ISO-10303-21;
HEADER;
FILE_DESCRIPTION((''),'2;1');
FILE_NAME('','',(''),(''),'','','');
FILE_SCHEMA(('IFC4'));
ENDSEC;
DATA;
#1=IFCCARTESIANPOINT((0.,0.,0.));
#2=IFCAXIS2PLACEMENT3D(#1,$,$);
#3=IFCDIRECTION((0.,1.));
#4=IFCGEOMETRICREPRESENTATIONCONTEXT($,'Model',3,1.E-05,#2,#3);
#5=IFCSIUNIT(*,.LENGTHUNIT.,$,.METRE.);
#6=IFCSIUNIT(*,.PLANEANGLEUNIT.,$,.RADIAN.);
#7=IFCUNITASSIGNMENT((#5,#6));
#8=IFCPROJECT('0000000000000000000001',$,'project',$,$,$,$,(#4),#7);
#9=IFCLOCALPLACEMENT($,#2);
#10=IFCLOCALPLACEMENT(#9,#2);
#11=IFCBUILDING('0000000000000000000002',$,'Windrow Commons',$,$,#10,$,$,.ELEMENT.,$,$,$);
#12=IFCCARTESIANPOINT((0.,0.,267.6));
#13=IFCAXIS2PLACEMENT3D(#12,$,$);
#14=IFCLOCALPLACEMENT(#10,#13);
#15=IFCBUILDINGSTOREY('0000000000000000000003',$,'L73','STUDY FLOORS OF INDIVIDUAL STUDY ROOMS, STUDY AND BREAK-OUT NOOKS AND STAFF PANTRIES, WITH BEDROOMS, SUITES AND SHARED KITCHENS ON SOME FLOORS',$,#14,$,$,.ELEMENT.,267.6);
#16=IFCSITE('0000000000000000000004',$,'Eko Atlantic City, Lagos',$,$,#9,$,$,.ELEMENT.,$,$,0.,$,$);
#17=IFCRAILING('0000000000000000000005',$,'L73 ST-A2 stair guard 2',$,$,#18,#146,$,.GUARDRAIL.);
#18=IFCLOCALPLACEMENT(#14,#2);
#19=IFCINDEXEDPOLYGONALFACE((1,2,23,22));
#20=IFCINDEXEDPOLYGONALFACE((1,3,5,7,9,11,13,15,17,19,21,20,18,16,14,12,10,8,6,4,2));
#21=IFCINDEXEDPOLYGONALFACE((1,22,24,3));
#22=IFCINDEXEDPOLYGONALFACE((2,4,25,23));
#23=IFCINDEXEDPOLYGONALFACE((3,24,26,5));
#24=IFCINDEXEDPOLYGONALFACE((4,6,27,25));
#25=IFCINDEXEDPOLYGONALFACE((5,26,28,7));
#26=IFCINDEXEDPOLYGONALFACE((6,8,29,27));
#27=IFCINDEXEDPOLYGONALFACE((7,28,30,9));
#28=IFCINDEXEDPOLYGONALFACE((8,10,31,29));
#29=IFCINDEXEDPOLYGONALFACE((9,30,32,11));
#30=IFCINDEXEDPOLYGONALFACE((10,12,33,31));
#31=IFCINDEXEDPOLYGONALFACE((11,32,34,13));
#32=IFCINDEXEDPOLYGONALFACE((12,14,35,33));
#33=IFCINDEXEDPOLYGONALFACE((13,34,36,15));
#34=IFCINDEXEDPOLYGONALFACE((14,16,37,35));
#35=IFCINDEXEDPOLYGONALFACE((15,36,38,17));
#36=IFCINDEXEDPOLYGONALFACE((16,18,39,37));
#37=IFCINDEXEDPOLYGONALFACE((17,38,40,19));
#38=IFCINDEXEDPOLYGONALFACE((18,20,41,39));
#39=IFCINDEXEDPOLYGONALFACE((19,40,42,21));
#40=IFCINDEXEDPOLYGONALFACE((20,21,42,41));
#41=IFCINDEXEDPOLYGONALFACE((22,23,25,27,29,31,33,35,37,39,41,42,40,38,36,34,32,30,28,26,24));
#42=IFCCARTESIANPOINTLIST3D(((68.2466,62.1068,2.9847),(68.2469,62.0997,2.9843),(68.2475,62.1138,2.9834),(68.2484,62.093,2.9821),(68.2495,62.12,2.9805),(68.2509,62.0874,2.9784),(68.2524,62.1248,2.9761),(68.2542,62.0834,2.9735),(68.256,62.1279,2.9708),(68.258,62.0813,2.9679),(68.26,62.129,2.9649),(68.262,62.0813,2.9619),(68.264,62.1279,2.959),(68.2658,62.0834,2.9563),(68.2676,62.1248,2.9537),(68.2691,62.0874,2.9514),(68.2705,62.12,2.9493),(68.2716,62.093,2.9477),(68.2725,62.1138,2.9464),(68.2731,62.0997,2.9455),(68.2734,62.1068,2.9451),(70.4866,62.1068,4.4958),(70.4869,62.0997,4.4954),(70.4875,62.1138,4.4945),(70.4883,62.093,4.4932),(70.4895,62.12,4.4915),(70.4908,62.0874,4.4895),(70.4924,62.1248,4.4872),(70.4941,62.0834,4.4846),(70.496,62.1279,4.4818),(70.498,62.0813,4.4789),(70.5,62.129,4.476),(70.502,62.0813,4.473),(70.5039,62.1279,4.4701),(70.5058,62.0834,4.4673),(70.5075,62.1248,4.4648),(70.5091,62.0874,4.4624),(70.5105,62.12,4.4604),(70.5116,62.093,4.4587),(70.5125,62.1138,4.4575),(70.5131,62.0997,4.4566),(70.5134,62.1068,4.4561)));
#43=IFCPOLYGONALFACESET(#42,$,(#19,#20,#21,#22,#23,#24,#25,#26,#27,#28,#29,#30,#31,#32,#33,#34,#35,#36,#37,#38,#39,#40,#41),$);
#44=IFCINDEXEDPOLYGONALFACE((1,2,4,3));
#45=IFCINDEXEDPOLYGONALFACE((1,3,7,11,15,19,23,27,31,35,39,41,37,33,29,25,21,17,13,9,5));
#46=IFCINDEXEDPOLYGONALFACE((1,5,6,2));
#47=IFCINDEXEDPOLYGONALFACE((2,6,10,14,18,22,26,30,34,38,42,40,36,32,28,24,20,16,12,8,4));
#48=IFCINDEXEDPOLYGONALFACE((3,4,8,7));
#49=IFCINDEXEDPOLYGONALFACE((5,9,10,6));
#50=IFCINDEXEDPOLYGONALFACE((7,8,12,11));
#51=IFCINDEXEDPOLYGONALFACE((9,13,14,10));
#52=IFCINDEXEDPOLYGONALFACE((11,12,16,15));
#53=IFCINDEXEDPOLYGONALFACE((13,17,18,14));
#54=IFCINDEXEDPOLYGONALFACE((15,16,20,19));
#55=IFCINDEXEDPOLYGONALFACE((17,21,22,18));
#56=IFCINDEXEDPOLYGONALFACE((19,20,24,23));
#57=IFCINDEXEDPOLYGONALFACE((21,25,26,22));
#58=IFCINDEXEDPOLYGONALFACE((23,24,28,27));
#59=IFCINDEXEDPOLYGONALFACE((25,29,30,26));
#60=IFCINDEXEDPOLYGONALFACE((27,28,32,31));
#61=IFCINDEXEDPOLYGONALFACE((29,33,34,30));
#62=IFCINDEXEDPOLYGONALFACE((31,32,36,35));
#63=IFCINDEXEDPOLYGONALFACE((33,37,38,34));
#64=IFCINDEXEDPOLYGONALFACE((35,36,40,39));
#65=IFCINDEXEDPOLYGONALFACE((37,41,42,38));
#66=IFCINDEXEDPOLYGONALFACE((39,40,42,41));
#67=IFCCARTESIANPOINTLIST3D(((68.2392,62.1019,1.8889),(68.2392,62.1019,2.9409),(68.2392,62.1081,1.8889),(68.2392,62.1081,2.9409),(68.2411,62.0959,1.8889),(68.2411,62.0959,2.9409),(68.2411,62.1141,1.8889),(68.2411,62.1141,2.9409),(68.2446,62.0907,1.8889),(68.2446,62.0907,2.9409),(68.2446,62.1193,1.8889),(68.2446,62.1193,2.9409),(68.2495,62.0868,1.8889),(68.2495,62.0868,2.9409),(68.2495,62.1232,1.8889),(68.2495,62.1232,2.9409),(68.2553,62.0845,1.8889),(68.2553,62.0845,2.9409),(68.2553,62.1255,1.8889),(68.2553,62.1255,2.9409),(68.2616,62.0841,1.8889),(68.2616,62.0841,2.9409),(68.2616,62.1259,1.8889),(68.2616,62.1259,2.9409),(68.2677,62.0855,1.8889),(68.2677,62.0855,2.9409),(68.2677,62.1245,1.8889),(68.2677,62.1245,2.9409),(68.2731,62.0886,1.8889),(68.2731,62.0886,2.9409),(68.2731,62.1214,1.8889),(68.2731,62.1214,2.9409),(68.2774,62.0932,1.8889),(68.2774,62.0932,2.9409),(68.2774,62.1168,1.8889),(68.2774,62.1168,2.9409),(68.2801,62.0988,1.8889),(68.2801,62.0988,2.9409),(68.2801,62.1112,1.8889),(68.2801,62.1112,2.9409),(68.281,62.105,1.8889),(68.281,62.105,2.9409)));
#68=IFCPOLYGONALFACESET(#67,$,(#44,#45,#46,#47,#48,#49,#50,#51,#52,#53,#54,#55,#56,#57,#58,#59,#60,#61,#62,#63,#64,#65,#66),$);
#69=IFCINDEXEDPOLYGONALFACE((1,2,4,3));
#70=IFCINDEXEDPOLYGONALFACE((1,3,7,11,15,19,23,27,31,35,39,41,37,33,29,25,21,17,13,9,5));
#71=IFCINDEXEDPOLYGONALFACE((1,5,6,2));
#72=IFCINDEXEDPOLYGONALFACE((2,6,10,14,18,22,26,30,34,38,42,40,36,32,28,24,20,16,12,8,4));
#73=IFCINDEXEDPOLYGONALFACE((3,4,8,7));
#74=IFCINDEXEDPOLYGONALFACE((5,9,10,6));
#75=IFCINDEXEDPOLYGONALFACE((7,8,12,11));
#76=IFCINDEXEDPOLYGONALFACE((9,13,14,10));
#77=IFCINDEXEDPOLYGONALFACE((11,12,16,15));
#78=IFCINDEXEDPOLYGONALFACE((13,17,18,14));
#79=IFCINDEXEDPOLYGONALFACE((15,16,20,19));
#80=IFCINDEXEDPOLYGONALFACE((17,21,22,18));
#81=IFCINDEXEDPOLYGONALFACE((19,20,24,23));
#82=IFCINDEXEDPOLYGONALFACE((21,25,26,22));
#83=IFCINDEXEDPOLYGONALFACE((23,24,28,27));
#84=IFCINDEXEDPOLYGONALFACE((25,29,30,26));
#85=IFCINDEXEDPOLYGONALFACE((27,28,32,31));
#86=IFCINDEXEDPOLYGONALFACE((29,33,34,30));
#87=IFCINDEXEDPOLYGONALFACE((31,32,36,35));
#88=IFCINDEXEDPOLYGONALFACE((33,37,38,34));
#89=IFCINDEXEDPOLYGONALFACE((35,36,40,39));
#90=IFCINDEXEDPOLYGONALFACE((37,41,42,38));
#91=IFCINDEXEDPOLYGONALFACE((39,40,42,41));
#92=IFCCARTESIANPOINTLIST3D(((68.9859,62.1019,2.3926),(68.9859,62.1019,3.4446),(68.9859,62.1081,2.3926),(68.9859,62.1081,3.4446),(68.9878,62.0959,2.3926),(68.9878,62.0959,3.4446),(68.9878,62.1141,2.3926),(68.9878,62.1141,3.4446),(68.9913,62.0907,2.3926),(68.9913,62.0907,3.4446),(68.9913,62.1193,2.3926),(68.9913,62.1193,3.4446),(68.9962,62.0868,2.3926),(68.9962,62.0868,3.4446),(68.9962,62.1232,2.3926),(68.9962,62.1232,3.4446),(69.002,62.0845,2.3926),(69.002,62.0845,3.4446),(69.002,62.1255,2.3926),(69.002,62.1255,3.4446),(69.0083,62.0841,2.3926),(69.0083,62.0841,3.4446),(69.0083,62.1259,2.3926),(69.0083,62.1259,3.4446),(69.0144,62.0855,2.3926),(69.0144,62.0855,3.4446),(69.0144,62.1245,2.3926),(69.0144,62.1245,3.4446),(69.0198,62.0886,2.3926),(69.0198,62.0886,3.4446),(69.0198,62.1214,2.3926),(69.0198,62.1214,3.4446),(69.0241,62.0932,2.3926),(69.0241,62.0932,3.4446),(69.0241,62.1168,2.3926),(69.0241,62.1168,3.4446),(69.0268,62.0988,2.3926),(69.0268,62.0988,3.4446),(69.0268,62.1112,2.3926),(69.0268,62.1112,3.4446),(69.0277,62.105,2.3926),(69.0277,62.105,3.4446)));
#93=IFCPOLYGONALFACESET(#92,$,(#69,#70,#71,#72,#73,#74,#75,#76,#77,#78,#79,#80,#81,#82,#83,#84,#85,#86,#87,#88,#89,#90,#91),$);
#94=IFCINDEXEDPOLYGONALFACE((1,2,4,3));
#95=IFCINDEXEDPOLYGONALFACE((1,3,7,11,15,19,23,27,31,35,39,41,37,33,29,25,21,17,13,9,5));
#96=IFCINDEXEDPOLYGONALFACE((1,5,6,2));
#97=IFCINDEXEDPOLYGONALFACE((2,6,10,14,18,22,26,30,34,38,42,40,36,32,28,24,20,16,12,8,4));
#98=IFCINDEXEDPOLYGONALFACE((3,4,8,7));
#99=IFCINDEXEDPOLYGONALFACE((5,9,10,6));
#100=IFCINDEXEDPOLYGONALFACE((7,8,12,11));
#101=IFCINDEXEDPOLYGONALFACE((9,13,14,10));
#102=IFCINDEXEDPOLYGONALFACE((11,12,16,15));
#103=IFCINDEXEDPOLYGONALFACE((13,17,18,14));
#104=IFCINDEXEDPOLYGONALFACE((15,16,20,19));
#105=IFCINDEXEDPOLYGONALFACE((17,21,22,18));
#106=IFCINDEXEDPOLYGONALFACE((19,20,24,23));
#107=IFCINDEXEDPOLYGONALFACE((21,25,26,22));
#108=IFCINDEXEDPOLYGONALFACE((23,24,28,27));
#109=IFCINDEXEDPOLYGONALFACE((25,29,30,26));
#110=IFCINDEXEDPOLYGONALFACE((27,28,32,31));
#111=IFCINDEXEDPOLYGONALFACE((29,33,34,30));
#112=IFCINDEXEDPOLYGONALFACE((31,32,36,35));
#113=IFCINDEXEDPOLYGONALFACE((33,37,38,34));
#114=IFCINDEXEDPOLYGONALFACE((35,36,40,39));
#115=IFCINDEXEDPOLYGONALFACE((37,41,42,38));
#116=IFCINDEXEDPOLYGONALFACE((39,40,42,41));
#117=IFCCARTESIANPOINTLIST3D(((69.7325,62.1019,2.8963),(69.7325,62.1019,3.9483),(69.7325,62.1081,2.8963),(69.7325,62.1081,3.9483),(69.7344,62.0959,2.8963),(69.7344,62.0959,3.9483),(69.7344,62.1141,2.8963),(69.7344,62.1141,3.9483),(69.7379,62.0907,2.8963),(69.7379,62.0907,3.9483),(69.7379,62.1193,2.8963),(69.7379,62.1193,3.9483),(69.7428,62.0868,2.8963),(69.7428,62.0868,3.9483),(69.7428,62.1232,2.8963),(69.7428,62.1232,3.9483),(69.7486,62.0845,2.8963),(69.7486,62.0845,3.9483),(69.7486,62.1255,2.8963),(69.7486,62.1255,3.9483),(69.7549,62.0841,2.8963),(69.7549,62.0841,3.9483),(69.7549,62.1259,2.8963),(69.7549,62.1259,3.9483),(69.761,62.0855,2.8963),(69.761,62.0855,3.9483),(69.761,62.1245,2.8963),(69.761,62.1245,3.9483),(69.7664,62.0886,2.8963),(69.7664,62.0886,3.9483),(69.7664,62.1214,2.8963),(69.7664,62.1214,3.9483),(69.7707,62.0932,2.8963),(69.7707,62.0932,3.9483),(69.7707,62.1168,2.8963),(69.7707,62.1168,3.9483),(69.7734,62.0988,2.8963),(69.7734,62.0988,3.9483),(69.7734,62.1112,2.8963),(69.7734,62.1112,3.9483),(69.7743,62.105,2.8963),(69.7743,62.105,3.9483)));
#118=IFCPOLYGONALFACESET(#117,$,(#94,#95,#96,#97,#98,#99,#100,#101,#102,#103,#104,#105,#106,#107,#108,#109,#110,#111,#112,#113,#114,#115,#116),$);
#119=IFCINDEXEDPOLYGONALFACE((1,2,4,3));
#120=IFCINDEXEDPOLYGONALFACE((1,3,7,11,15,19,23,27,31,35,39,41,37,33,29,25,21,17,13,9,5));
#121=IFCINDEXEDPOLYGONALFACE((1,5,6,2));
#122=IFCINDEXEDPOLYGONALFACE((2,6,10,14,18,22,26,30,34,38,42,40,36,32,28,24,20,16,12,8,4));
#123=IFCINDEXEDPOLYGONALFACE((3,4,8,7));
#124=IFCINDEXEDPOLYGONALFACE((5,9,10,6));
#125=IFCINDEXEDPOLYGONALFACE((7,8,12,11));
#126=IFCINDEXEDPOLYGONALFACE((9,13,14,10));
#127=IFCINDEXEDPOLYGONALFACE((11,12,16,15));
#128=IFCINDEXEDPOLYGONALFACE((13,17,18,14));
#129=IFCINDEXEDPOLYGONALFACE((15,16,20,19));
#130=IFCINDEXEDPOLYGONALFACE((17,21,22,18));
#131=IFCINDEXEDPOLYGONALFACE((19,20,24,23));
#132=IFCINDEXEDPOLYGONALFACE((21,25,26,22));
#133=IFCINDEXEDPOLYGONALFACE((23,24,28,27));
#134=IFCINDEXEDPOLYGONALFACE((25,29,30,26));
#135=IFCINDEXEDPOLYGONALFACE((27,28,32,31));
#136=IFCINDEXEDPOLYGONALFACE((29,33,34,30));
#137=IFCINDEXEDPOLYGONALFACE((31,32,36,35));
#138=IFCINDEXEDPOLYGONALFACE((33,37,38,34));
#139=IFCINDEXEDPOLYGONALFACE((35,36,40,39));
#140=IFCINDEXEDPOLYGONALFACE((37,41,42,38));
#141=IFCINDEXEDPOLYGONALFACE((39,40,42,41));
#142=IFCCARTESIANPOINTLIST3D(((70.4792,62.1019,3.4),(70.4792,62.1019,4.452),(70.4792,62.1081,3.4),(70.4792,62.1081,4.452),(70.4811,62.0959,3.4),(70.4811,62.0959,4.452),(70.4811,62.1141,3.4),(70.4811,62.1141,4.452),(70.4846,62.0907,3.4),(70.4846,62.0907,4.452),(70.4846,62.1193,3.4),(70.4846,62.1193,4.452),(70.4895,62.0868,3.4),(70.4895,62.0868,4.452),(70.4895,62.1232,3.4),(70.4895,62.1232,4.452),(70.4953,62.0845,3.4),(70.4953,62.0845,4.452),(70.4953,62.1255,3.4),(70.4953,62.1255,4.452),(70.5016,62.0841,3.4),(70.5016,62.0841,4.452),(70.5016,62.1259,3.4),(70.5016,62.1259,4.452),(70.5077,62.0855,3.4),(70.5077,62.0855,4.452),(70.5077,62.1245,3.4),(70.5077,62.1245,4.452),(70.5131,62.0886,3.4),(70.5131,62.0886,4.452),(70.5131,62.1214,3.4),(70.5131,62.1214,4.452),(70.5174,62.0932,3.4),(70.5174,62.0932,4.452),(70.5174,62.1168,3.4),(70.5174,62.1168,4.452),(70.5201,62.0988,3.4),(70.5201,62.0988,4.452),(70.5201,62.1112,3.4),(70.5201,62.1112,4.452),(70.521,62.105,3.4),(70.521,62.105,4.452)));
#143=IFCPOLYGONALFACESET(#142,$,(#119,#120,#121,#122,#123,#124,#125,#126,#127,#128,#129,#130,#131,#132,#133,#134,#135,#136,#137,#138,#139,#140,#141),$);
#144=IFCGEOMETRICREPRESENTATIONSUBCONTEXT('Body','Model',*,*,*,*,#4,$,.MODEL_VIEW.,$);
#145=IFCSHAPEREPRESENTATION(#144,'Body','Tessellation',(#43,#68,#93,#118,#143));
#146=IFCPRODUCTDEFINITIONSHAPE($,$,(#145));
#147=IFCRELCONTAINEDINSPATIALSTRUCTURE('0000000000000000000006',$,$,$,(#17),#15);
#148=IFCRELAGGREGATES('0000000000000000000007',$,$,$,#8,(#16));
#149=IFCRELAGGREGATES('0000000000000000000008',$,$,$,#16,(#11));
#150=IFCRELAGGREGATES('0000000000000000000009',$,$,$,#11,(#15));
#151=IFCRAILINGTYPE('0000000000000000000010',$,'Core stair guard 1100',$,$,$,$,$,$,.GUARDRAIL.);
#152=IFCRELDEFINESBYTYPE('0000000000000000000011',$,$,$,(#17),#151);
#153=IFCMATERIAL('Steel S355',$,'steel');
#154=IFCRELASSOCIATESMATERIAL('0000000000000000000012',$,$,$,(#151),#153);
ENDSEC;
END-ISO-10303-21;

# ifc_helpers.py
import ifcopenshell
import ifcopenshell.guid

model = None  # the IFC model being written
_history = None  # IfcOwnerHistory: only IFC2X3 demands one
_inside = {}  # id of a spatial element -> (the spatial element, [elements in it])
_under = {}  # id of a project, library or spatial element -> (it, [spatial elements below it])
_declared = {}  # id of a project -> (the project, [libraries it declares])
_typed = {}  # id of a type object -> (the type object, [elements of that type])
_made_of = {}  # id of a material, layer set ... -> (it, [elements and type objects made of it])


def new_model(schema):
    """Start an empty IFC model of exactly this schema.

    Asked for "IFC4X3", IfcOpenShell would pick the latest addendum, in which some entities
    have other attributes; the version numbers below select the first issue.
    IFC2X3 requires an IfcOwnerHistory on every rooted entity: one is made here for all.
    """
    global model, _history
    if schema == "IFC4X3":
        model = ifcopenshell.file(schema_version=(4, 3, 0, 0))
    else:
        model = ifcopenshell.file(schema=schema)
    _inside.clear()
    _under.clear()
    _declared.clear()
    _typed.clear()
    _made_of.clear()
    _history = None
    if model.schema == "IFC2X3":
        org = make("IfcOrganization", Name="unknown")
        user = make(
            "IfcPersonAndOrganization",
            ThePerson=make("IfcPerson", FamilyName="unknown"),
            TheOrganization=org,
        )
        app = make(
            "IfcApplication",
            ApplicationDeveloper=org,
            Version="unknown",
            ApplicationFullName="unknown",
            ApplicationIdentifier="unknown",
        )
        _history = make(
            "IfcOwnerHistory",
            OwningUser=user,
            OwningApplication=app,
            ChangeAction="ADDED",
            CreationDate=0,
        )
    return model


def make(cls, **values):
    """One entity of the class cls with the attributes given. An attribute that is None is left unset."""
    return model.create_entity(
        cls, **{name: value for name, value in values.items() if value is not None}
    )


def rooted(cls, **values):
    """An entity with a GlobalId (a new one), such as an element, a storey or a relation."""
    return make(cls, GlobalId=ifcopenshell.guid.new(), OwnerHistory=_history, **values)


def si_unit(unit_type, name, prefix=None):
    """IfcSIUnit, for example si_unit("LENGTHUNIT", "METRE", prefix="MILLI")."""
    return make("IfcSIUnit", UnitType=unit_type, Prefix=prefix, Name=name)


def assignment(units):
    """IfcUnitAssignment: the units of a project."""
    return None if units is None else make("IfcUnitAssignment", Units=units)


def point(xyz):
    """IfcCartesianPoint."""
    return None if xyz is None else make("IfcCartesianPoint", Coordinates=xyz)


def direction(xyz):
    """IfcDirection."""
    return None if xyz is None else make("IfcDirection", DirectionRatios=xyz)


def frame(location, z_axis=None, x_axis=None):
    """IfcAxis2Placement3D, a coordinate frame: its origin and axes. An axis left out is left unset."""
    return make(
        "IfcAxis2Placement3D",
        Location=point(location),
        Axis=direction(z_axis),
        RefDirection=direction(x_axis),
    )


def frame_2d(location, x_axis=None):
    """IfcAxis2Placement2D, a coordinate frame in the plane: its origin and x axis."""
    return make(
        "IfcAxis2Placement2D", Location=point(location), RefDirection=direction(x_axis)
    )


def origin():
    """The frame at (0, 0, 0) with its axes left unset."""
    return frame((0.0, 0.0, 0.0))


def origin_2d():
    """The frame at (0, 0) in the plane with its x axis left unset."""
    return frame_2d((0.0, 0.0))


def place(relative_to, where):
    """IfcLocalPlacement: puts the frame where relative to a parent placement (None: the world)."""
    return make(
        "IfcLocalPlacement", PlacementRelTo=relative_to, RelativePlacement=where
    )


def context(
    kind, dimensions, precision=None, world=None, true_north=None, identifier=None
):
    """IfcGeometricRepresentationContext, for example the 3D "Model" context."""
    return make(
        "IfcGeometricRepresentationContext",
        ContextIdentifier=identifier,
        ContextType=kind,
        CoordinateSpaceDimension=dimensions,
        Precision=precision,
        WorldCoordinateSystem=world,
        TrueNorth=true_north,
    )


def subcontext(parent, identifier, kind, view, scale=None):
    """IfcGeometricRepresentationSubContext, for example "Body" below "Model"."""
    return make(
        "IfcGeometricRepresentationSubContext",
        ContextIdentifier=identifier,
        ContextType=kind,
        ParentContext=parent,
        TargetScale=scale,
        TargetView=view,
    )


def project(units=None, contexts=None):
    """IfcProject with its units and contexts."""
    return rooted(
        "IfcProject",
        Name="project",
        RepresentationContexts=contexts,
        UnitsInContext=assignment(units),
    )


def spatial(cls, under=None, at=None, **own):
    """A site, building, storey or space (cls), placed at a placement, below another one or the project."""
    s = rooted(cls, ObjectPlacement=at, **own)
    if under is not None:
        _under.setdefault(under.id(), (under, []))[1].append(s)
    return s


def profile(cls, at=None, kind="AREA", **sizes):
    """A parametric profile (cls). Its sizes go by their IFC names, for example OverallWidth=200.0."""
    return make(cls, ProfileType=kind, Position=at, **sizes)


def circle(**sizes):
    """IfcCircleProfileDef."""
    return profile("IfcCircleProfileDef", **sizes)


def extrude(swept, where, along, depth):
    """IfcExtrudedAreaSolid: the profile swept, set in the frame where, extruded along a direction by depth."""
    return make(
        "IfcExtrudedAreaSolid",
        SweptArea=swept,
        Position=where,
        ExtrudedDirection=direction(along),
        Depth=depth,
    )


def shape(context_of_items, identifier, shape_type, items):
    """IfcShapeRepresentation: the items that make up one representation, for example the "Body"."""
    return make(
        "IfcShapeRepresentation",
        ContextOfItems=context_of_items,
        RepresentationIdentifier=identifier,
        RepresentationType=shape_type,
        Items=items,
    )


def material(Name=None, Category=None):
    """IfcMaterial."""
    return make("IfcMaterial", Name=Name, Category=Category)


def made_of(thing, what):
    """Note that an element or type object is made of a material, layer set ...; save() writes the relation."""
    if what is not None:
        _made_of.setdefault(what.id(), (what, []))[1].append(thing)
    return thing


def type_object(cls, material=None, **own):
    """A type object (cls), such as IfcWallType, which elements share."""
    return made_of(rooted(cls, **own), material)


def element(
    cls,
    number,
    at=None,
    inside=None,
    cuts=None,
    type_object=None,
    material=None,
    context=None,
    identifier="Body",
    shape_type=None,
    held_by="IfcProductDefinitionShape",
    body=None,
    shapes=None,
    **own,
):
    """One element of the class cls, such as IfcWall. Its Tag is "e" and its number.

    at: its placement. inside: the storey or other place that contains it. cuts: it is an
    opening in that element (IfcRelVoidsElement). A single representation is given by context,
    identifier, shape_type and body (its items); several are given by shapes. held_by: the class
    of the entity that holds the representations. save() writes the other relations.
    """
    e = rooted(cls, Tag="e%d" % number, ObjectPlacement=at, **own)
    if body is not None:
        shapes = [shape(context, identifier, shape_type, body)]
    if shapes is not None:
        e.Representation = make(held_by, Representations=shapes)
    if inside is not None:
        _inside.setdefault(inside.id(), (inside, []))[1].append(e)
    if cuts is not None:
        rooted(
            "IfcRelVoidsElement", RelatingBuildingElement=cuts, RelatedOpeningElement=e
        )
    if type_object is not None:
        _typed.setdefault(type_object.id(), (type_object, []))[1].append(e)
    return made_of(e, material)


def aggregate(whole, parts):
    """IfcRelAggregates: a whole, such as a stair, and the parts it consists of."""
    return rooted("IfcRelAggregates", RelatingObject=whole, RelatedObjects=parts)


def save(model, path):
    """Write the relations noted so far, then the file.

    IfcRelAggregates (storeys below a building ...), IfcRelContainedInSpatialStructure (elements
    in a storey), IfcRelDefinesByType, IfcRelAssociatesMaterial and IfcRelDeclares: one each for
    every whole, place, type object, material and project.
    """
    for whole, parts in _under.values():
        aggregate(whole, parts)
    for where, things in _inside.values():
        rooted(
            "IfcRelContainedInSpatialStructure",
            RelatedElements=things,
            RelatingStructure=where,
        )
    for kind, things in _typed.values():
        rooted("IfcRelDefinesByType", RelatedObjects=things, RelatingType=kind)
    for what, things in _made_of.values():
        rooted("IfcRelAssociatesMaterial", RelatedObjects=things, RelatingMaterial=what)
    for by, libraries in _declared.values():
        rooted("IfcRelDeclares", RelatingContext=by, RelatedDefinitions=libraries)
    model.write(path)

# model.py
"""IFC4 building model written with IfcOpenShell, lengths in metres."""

from ifc_helpers import new_model, si_unit, direction, frame, origin, origin_2d, place, context, subcontext, project, spatial, circle, extrude, material, type_object, element, save


model = new_model("IFC4")

# Units and contexts
model_context = context("Model", 3, precision=1e-05, world=origin(), true_north=direction((0.0, 1.0)))
body_context = subcontext(model_context, "Body", "Model", "MODEL_VIEW")
ifc_project = project(units=[si_unit("LENGTHUNIT", "METRE"), si_unit("PLANEANGLEUNIT", "RADIAN")], contexts=[model_context])

# Site, building, storey
site_placement = place(None, origin())
site = spatial("IfcSite", under=ifc_project, at=site_placement, Name="Eko Atlantic City, Lagos", CompositionType="ELEMENT", RefElevation=0.0)
building_placement = place(site_placement, origin())
building = spatial("IfcBuilding", under=site, at=building_placement, Name="Windrow Commons", CompositionType="ELEMENT")
storey_placement = place(building_placement, frame((0.0, 0.0, 267.6)))
storey = spatial("IfcBuildingStorey", under=building, at=storey_placement, Name="L73", Description="STUDY FLOORS OF INDIVIDUAL STUDY ROOMS, STUDY AND BREAK-OUT NOOKS AND STAFF PANTRIES, WITH BEDROOMS, SUITES AND SHARED KITCHENS ON SOME FLOORS", CompositionType="ELEMENT", Elevation=267.6)

# Railing
ifc_material_1 = material(Name="Steel S355", Category="steel")
railing_type_1 = type_object("IfcRailingType", Name="Core stair guard 1100", PredefinedType="GUARDRAIL", material=ifc_material_1)
railing_1_placement = place(storey_placement, frame((68.26, 62.105, 1.8889)))
element("IfcRailing", 1, at=railing_1_placement, inside=storey, type_object=railing_type_1, Name="L73 ST-A2 stair guard 2", PredefinedType="GUARDRAIL", context=body_context, shape_type="SweptSolid", body=[
    extrude(circle(Radius=0.024, at=origin_2d()), frame((0.0, 0.0, 1.076), z_axis=(0.829003, 0.0, 0.559244), x_axis=(0.0, 1.0, 0.0)), (0.0, 0.0, 1.0), 2.702),
    extrude(circle(Radius=0.021, at=origin_2d()), origin(), (0.0, 0.0, 1.0), 1.052),
    extrude(circle(Radius=0.021, at=origin_2d()), frame((0.7467, 0.0, 0.5037)), (0.0, 0.0, 1.0), 1.052),
    extrude(circle(Radius=0.021, at=origin_2d()), frame((1.4933, 0.0, 1.0074)), (0.0, 0.0, 1.0), 1.052),
    extrude(circle(Radius=0.021, at=origin_2d()), frame((2.24, 0.0, 1.5111)), (0.0, 0.0, 1.0), 1.052),
])

save(model, "model.ifc")
